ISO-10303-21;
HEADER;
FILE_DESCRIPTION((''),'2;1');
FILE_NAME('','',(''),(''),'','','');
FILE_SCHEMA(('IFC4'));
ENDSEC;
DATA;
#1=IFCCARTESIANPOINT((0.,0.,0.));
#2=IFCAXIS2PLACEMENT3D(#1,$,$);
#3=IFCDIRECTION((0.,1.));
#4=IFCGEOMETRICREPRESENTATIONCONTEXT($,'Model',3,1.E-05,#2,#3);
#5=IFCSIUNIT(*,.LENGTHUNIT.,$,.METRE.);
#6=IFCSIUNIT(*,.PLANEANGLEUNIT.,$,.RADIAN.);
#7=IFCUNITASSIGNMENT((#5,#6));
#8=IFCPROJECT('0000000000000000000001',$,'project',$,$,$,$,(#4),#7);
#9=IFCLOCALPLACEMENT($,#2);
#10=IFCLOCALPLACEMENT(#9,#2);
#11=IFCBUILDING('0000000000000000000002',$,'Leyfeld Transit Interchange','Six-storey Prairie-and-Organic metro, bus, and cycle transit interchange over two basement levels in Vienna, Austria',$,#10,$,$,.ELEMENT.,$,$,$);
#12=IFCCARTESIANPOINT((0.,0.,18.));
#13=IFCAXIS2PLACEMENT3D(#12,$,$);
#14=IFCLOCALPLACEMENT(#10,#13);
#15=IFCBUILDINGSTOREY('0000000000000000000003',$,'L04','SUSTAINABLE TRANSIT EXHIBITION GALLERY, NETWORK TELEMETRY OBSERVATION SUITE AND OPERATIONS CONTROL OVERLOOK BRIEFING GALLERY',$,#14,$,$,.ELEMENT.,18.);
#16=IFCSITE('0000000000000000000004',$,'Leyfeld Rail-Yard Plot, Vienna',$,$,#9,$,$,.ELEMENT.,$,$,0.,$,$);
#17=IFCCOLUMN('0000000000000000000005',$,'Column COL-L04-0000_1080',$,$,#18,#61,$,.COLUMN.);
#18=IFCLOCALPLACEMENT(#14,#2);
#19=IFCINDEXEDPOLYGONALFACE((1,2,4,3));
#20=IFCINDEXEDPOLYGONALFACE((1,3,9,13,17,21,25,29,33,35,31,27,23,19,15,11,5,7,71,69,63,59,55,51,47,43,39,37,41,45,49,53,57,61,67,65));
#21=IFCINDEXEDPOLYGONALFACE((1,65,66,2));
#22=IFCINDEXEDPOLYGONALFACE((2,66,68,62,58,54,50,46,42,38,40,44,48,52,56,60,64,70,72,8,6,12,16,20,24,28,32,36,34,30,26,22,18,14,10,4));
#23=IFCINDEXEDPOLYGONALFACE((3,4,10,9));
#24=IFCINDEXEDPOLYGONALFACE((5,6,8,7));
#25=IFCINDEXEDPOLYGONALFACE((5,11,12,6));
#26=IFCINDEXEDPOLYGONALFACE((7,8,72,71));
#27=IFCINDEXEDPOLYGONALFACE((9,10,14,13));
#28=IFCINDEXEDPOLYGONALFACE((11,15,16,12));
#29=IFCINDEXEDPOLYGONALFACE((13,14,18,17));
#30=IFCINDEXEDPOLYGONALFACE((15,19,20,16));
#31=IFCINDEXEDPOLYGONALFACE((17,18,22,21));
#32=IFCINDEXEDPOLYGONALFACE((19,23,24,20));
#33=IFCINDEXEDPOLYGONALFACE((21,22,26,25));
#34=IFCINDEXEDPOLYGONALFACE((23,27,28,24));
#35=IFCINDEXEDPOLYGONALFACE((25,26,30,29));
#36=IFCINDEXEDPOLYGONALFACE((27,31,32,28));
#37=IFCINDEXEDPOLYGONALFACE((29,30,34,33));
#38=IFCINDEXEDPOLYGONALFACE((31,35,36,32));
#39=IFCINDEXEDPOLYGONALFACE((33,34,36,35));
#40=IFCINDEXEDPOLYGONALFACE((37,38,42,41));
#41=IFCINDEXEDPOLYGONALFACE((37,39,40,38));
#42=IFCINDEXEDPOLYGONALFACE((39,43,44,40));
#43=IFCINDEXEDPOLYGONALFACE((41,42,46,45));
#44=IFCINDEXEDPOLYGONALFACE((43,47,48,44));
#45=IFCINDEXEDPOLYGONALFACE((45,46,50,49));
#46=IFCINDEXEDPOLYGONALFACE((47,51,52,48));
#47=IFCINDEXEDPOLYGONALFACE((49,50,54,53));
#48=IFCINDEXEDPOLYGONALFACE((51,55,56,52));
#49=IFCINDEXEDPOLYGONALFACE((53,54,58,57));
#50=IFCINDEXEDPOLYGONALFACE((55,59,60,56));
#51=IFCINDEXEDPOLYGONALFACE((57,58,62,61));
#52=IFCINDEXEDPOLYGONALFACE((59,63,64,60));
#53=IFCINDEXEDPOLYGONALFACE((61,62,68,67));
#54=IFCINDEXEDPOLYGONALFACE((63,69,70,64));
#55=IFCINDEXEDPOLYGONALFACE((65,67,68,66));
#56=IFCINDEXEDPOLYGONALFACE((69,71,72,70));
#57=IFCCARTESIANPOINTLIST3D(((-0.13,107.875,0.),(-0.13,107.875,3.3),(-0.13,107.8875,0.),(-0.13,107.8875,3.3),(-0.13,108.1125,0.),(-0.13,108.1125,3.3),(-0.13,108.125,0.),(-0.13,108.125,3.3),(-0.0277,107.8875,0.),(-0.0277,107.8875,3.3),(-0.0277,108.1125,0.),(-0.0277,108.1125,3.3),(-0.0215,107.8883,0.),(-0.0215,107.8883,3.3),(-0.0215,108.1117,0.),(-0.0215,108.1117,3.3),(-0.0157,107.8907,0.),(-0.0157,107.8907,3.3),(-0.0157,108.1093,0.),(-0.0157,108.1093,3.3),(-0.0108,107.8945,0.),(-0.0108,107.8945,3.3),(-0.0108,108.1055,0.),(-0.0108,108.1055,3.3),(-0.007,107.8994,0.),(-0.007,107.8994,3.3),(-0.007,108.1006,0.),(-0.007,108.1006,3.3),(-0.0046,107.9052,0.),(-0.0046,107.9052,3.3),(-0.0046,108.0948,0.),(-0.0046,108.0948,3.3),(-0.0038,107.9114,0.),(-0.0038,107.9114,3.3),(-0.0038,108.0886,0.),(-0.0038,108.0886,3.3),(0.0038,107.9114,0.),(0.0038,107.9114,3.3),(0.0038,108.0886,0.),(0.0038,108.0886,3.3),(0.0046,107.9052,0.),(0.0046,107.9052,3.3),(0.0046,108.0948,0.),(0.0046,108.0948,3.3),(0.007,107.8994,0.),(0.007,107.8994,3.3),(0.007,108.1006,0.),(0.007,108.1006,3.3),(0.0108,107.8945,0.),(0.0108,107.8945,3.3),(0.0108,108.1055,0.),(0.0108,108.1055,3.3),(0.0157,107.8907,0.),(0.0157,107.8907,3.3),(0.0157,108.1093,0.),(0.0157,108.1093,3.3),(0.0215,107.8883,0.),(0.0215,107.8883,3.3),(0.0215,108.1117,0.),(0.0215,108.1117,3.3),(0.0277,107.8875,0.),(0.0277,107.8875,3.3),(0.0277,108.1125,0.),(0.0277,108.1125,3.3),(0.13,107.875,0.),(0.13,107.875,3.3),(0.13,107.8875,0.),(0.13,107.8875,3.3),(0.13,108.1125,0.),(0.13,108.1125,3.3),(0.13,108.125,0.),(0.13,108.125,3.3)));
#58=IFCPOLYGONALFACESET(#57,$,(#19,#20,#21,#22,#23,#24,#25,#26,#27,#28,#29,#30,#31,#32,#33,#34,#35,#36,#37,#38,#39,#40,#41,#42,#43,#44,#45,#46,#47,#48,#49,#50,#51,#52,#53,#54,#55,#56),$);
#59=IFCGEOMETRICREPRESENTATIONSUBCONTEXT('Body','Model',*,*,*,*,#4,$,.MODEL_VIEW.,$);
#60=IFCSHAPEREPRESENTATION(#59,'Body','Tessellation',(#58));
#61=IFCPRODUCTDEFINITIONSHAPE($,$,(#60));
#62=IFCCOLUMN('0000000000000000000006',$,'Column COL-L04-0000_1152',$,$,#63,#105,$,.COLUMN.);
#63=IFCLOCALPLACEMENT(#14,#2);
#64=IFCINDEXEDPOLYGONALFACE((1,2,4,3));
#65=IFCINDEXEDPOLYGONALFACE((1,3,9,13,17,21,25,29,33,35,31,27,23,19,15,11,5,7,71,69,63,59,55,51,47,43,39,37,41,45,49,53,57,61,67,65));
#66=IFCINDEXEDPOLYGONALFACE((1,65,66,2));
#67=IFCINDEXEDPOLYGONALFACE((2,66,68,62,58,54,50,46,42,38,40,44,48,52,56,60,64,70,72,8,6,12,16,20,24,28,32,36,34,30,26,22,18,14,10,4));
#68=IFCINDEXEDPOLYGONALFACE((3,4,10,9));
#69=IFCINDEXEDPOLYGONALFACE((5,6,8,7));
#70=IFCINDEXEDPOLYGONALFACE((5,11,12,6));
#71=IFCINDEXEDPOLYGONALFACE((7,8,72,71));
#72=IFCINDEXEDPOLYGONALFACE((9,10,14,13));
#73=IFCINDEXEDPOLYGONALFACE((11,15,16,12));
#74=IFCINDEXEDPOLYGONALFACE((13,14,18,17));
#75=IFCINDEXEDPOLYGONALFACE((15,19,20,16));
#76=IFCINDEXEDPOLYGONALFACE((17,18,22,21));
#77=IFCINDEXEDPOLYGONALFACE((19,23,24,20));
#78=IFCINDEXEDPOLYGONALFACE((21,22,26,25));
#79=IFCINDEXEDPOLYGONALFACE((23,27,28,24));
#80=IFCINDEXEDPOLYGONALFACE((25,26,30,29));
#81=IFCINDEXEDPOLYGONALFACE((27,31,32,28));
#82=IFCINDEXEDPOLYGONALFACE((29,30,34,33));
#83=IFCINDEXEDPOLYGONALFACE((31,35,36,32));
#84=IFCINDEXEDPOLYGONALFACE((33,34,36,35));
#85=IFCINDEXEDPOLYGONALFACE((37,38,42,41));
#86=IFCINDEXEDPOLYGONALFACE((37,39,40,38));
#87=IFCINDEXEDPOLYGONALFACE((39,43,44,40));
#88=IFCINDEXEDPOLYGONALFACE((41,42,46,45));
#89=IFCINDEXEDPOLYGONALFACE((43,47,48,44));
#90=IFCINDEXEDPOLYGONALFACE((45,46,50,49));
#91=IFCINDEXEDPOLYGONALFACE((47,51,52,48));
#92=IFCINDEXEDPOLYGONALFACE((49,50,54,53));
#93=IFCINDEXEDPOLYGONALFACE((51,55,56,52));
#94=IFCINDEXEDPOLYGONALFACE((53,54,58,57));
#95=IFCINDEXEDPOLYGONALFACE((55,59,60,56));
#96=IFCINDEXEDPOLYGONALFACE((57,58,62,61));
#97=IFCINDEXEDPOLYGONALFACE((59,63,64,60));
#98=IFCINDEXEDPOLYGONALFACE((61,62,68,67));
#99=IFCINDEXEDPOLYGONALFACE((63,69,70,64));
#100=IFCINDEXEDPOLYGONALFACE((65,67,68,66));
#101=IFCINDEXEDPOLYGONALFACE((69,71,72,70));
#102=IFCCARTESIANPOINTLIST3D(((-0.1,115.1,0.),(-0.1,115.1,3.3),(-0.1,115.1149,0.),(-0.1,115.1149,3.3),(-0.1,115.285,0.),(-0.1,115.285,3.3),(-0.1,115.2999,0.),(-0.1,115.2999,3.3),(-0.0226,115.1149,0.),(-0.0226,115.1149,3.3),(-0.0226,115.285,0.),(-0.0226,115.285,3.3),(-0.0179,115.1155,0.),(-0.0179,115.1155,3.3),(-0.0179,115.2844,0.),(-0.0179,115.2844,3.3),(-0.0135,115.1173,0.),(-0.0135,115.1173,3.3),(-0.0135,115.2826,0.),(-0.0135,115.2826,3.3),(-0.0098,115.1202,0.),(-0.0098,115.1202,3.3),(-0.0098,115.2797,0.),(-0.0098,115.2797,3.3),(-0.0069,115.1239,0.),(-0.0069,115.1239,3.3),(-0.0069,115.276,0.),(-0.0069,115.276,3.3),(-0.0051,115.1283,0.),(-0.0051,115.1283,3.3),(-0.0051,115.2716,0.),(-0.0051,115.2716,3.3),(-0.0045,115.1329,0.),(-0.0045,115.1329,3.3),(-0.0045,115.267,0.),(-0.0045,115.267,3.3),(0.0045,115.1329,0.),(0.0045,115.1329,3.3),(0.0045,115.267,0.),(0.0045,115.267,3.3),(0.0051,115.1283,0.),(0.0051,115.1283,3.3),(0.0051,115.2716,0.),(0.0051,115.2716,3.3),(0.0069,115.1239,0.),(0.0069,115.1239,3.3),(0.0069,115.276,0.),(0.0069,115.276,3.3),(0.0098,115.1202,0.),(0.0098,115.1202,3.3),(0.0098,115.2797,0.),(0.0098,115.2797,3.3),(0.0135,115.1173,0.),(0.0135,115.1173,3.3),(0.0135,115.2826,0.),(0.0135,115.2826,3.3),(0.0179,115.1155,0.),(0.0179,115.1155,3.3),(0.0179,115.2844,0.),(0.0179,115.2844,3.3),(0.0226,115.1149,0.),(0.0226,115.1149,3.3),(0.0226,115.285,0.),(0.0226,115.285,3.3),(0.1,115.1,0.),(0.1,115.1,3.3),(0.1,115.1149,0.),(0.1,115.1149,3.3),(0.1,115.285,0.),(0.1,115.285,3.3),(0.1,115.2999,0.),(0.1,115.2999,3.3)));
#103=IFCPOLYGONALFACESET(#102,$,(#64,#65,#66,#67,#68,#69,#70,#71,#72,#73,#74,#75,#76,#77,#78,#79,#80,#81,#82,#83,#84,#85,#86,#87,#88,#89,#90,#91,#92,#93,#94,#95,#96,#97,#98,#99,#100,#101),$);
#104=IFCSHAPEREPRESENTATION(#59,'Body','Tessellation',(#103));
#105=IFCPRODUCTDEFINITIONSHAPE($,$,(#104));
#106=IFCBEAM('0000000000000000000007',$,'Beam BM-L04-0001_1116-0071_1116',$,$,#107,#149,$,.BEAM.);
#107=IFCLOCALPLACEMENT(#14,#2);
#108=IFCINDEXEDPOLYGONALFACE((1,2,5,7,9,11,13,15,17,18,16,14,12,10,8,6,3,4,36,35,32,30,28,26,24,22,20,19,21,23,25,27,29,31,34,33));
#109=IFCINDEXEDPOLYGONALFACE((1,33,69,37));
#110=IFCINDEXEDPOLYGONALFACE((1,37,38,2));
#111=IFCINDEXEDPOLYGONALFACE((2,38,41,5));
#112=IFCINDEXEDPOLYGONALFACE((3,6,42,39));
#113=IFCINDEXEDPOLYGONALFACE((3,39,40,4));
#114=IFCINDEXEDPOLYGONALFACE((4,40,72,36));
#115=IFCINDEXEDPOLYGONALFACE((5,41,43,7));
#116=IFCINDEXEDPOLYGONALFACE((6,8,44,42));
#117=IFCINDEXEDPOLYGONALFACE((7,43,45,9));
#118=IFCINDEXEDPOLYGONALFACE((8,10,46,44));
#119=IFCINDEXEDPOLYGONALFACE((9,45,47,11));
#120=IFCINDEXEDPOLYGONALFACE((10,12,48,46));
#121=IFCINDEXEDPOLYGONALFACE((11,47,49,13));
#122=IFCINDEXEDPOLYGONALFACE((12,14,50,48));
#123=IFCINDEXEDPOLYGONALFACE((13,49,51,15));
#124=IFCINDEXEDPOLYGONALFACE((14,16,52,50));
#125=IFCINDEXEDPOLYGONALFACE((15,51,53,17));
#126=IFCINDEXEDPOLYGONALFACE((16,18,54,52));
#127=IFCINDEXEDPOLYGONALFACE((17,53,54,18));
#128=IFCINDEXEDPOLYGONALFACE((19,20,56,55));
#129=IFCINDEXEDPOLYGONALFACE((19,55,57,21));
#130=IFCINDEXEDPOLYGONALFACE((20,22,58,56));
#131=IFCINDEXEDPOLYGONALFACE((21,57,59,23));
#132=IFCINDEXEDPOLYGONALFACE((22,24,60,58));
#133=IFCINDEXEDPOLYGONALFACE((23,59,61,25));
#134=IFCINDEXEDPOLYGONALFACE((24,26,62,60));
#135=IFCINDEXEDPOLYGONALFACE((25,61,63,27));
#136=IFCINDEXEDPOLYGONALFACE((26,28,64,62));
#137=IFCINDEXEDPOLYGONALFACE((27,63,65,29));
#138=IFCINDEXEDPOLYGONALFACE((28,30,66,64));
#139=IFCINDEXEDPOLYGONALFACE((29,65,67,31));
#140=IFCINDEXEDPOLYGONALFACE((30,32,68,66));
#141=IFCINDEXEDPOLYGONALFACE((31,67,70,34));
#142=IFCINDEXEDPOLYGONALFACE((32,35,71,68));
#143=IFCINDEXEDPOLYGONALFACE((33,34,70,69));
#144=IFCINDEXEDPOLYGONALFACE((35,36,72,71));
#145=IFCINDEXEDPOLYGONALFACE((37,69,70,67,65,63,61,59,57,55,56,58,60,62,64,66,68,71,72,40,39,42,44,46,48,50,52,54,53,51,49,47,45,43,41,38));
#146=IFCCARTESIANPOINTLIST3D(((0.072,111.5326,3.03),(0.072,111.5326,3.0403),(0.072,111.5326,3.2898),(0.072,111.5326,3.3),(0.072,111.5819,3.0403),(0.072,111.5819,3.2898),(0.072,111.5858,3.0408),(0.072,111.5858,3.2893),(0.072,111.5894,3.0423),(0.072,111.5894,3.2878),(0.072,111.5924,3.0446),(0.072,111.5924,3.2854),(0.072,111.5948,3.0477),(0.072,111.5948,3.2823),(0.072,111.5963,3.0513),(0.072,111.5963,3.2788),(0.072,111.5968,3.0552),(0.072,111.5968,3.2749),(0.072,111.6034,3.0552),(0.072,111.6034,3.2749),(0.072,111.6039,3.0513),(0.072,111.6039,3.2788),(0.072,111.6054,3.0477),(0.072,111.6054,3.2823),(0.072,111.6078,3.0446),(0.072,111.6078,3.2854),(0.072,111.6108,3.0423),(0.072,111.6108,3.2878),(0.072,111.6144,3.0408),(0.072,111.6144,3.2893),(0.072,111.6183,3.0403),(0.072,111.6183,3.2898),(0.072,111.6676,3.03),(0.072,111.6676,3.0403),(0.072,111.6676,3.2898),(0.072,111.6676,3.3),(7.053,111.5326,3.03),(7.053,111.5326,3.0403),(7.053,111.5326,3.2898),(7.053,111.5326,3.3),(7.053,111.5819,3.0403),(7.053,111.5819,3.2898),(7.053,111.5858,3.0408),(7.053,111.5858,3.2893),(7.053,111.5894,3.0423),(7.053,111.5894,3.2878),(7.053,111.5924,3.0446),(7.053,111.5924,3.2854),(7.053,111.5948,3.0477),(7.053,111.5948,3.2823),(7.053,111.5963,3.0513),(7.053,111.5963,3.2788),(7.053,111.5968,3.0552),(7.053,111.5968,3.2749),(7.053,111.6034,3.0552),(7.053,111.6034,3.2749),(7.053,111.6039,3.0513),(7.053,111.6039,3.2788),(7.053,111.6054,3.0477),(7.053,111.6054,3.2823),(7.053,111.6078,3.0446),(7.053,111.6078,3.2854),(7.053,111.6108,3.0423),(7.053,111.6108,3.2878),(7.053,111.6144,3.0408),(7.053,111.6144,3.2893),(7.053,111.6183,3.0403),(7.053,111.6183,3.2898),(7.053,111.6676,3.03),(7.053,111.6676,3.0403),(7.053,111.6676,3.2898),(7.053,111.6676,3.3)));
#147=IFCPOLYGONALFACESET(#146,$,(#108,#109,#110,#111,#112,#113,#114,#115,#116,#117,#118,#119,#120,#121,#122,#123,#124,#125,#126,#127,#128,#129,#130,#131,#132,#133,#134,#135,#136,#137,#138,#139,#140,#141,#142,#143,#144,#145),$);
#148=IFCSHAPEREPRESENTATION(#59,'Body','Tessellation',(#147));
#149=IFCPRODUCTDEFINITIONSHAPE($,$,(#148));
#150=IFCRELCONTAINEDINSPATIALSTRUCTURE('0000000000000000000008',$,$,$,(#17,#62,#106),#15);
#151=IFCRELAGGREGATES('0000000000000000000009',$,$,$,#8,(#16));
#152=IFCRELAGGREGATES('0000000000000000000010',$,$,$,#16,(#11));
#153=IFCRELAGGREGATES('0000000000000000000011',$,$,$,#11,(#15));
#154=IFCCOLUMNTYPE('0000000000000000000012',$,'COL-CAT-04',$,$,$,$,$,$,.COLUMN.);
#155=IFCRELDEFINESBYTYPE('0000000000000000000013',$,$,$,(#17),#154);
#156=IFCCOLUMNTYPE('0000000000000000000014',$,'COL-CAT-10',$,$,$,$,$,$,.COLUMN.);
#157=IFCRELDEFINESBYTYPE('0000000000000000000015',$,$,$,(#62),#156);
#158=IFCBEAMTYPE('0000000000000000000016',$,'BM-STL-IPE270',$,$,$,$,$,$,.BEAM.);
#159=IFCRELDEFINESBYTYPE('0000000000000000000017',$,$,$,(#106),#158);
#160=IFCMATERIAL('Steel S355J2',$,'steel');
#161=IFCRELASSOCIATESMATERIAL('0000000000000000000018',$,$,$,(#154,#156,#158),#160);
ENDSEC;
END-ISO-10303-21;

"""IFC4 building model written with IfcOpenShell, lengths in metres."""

from ifc_helpers import new_model, si_unit, direction, frame, origin, origin_2d, place, context, subcontext, project, spatial, i_section, extrude, material, material_profile, profile_set, type_object, element, save


model = new_model("IFC4")

# Units and contexts
model_context = context("Model", 3, precision=1e-05, world=origin(), true_north=direction((0.0, 1.0)))
body_context = subcontext(model_context, "Body", "Model", "MODEL_VIEW")
ifc_project = project(units=[si_unit("LENGTHUNIT", "METRE"), si_unit("PLANEANGLEUNIT", "RADIAN")], contexts=[model_context])

# Site, building, storey
site_placement = place(None, origin())
site = spatial("IfcSite", under=ifc_project, at=site_placement, Name="Leyfeld Rail-Yard Plot, Vienna", CompositionType="ELEMENT", RefElevation=0.0)
building_placement = place(site_placement, origin())
building = spatial("IfcBuilding", under=site, at=building_placement, Name="Leyfeld Transit Interchange", Description="Six-storey Prairie-and-Organic metro, bus, and cycle transit interchange over two basement levels in Vienna, Austria", CompositionType="ELEMENT")
storey_placement = place(building_placement, frame((0.0, 0.0, 18.0)))
storey = spatial("IfcBuildingStorey", under=building, at=storey_placement, Name="L04", Description="SUSTAINABLE TRANSIT EXHIBITION GALLERY, NETWORK TELEMETRY OBSERVATION SUITE AND OPERATIONS CONTROL OVERLOOK BRIEFING GALLERY", CompositionType="ELEMENT", Elevation=18.0)

# Columns
ifc_material_1 = material(Name="Steel S355J2", Category="steel")
ifc_material_profile_1 = material_profile(ifc_material_1, i_section(OverallWidth=0.26, OverallDepth=0.25, WebThickness=0.0076, FlangeThickness=0.0125, FilletRadius=0.0239, at=origin_2d()), Name="HEA 260")
ifc_profile_set_1 = profile_set([ifc_material_profile_1], Name="Steel S355J2")
column_type_1 = type_object("IfcColumnType", Name="COL-CAT-04", PredefinedType="COLUMN", material=ifc_profile_set_1)
column_1_placement = place(storey_placement, frame((0.0, 108.0, 0.0), z_axis=(0.0, 0.0, 1.0), x_axis=(1.0, 0.0, 0.0)))
element("IfcColumn", 1, at=column_1_placement, inside=storey, type_object=column_type_1, Name="Column COL-L04-0000_1080", PredefinedType="COLUMN", context=body_context, shape_type="SweptSolid", body=[
    extrude(i_section(OverallWidth=0.26, OverallDepth=0.25, WebThickness=0.0076, FlangeThickness=0.0125, FilletRadius=0.0239, at=origin_2d()), origin(), (0.0, 0.0, 1.0), 3.3),
])
ifc_material_profile_2 = material_profile(ifc_material_1, i_section(OverallWidth=0.2, OverallDepth=0.2, WebThickness=0.009, FlangeThickness=0.0149, FilletRadius=0.0181, at=origin_2d()), Name="HEB 200")
ifc_profile_set_2 = profile_set([ifc_material_profile_2], Name="Steel S355J2")
column_type_2 = type_object("IfcColumnType", Name="COL-CAT-10", PredefinedType="COLUMN", material=ifc_profile_set_2)
column_2_placement = place(storey_placement, frame((0.0, 115.2, 0.0), z_axis=(0.0, 0.0, 1.0), x_axis=(1.0, 0.0, 0.0)))
element("IfcColumn", 2, at=column_2_placement, inside=storey, type_object=column_type_2, Name="Column COL-L04-0000_1152", PredefinedType="COLUMN", context=body_context, shape_type="SweptSolid", body=[
    extrude(i_section(OverallWidth=0.2, OverallDepth=0.2, WebThickness=0.009, FlangeThickness=0.0149, FilletRadius=0.0181, at=origin_2d()), origin(), (0.0, 0.0, 1.0), 3.3),
])

# Beam
ifc_material_profile_3 = material_profile(ifc_material_1, i_section(OverallWidth=0.135, OverallDepth=0.27, WebThickness=0.0066, FlangeThickness=0.0103, FilletRadius=0.0149, at=origin_2d()), Name="IPE 270")
ifc_profile_set_3 = profile_set([ifc_material_profile_3], Name="Steel S355J2")
beam_type_1 = type_object("IfcBeamType", Name="BM-STL-IPE270", PredefinedType="BEAM", material=ifc_profile_set_3)
beam_placement = place(storey_placement, frame((0.072, 111.6001, 3.165), z_axis=(1.0, 0.0, 0.0), x_axis=(0.0, 1.0, 0.0)))
element("IfcBeam", 3, at=beam_placement, inside=storey, type_object=beam_type_1, Name="Beam BM-L04-0001_1116-0071_1116", PredefinedType="BEAM", context=body_context, shape_type="SweptSolid", body=[
    extrude(i_section(OverallWidth=0.135, OverallDepth=0.27, WebThickness=0.0066, FlangeThickness=0.0103, FilletRadius=0.0149, at=origin_2d()), origin(), (0.0, 0.0, 1.0), 6.981),
])

save(model, "model.ifc")
